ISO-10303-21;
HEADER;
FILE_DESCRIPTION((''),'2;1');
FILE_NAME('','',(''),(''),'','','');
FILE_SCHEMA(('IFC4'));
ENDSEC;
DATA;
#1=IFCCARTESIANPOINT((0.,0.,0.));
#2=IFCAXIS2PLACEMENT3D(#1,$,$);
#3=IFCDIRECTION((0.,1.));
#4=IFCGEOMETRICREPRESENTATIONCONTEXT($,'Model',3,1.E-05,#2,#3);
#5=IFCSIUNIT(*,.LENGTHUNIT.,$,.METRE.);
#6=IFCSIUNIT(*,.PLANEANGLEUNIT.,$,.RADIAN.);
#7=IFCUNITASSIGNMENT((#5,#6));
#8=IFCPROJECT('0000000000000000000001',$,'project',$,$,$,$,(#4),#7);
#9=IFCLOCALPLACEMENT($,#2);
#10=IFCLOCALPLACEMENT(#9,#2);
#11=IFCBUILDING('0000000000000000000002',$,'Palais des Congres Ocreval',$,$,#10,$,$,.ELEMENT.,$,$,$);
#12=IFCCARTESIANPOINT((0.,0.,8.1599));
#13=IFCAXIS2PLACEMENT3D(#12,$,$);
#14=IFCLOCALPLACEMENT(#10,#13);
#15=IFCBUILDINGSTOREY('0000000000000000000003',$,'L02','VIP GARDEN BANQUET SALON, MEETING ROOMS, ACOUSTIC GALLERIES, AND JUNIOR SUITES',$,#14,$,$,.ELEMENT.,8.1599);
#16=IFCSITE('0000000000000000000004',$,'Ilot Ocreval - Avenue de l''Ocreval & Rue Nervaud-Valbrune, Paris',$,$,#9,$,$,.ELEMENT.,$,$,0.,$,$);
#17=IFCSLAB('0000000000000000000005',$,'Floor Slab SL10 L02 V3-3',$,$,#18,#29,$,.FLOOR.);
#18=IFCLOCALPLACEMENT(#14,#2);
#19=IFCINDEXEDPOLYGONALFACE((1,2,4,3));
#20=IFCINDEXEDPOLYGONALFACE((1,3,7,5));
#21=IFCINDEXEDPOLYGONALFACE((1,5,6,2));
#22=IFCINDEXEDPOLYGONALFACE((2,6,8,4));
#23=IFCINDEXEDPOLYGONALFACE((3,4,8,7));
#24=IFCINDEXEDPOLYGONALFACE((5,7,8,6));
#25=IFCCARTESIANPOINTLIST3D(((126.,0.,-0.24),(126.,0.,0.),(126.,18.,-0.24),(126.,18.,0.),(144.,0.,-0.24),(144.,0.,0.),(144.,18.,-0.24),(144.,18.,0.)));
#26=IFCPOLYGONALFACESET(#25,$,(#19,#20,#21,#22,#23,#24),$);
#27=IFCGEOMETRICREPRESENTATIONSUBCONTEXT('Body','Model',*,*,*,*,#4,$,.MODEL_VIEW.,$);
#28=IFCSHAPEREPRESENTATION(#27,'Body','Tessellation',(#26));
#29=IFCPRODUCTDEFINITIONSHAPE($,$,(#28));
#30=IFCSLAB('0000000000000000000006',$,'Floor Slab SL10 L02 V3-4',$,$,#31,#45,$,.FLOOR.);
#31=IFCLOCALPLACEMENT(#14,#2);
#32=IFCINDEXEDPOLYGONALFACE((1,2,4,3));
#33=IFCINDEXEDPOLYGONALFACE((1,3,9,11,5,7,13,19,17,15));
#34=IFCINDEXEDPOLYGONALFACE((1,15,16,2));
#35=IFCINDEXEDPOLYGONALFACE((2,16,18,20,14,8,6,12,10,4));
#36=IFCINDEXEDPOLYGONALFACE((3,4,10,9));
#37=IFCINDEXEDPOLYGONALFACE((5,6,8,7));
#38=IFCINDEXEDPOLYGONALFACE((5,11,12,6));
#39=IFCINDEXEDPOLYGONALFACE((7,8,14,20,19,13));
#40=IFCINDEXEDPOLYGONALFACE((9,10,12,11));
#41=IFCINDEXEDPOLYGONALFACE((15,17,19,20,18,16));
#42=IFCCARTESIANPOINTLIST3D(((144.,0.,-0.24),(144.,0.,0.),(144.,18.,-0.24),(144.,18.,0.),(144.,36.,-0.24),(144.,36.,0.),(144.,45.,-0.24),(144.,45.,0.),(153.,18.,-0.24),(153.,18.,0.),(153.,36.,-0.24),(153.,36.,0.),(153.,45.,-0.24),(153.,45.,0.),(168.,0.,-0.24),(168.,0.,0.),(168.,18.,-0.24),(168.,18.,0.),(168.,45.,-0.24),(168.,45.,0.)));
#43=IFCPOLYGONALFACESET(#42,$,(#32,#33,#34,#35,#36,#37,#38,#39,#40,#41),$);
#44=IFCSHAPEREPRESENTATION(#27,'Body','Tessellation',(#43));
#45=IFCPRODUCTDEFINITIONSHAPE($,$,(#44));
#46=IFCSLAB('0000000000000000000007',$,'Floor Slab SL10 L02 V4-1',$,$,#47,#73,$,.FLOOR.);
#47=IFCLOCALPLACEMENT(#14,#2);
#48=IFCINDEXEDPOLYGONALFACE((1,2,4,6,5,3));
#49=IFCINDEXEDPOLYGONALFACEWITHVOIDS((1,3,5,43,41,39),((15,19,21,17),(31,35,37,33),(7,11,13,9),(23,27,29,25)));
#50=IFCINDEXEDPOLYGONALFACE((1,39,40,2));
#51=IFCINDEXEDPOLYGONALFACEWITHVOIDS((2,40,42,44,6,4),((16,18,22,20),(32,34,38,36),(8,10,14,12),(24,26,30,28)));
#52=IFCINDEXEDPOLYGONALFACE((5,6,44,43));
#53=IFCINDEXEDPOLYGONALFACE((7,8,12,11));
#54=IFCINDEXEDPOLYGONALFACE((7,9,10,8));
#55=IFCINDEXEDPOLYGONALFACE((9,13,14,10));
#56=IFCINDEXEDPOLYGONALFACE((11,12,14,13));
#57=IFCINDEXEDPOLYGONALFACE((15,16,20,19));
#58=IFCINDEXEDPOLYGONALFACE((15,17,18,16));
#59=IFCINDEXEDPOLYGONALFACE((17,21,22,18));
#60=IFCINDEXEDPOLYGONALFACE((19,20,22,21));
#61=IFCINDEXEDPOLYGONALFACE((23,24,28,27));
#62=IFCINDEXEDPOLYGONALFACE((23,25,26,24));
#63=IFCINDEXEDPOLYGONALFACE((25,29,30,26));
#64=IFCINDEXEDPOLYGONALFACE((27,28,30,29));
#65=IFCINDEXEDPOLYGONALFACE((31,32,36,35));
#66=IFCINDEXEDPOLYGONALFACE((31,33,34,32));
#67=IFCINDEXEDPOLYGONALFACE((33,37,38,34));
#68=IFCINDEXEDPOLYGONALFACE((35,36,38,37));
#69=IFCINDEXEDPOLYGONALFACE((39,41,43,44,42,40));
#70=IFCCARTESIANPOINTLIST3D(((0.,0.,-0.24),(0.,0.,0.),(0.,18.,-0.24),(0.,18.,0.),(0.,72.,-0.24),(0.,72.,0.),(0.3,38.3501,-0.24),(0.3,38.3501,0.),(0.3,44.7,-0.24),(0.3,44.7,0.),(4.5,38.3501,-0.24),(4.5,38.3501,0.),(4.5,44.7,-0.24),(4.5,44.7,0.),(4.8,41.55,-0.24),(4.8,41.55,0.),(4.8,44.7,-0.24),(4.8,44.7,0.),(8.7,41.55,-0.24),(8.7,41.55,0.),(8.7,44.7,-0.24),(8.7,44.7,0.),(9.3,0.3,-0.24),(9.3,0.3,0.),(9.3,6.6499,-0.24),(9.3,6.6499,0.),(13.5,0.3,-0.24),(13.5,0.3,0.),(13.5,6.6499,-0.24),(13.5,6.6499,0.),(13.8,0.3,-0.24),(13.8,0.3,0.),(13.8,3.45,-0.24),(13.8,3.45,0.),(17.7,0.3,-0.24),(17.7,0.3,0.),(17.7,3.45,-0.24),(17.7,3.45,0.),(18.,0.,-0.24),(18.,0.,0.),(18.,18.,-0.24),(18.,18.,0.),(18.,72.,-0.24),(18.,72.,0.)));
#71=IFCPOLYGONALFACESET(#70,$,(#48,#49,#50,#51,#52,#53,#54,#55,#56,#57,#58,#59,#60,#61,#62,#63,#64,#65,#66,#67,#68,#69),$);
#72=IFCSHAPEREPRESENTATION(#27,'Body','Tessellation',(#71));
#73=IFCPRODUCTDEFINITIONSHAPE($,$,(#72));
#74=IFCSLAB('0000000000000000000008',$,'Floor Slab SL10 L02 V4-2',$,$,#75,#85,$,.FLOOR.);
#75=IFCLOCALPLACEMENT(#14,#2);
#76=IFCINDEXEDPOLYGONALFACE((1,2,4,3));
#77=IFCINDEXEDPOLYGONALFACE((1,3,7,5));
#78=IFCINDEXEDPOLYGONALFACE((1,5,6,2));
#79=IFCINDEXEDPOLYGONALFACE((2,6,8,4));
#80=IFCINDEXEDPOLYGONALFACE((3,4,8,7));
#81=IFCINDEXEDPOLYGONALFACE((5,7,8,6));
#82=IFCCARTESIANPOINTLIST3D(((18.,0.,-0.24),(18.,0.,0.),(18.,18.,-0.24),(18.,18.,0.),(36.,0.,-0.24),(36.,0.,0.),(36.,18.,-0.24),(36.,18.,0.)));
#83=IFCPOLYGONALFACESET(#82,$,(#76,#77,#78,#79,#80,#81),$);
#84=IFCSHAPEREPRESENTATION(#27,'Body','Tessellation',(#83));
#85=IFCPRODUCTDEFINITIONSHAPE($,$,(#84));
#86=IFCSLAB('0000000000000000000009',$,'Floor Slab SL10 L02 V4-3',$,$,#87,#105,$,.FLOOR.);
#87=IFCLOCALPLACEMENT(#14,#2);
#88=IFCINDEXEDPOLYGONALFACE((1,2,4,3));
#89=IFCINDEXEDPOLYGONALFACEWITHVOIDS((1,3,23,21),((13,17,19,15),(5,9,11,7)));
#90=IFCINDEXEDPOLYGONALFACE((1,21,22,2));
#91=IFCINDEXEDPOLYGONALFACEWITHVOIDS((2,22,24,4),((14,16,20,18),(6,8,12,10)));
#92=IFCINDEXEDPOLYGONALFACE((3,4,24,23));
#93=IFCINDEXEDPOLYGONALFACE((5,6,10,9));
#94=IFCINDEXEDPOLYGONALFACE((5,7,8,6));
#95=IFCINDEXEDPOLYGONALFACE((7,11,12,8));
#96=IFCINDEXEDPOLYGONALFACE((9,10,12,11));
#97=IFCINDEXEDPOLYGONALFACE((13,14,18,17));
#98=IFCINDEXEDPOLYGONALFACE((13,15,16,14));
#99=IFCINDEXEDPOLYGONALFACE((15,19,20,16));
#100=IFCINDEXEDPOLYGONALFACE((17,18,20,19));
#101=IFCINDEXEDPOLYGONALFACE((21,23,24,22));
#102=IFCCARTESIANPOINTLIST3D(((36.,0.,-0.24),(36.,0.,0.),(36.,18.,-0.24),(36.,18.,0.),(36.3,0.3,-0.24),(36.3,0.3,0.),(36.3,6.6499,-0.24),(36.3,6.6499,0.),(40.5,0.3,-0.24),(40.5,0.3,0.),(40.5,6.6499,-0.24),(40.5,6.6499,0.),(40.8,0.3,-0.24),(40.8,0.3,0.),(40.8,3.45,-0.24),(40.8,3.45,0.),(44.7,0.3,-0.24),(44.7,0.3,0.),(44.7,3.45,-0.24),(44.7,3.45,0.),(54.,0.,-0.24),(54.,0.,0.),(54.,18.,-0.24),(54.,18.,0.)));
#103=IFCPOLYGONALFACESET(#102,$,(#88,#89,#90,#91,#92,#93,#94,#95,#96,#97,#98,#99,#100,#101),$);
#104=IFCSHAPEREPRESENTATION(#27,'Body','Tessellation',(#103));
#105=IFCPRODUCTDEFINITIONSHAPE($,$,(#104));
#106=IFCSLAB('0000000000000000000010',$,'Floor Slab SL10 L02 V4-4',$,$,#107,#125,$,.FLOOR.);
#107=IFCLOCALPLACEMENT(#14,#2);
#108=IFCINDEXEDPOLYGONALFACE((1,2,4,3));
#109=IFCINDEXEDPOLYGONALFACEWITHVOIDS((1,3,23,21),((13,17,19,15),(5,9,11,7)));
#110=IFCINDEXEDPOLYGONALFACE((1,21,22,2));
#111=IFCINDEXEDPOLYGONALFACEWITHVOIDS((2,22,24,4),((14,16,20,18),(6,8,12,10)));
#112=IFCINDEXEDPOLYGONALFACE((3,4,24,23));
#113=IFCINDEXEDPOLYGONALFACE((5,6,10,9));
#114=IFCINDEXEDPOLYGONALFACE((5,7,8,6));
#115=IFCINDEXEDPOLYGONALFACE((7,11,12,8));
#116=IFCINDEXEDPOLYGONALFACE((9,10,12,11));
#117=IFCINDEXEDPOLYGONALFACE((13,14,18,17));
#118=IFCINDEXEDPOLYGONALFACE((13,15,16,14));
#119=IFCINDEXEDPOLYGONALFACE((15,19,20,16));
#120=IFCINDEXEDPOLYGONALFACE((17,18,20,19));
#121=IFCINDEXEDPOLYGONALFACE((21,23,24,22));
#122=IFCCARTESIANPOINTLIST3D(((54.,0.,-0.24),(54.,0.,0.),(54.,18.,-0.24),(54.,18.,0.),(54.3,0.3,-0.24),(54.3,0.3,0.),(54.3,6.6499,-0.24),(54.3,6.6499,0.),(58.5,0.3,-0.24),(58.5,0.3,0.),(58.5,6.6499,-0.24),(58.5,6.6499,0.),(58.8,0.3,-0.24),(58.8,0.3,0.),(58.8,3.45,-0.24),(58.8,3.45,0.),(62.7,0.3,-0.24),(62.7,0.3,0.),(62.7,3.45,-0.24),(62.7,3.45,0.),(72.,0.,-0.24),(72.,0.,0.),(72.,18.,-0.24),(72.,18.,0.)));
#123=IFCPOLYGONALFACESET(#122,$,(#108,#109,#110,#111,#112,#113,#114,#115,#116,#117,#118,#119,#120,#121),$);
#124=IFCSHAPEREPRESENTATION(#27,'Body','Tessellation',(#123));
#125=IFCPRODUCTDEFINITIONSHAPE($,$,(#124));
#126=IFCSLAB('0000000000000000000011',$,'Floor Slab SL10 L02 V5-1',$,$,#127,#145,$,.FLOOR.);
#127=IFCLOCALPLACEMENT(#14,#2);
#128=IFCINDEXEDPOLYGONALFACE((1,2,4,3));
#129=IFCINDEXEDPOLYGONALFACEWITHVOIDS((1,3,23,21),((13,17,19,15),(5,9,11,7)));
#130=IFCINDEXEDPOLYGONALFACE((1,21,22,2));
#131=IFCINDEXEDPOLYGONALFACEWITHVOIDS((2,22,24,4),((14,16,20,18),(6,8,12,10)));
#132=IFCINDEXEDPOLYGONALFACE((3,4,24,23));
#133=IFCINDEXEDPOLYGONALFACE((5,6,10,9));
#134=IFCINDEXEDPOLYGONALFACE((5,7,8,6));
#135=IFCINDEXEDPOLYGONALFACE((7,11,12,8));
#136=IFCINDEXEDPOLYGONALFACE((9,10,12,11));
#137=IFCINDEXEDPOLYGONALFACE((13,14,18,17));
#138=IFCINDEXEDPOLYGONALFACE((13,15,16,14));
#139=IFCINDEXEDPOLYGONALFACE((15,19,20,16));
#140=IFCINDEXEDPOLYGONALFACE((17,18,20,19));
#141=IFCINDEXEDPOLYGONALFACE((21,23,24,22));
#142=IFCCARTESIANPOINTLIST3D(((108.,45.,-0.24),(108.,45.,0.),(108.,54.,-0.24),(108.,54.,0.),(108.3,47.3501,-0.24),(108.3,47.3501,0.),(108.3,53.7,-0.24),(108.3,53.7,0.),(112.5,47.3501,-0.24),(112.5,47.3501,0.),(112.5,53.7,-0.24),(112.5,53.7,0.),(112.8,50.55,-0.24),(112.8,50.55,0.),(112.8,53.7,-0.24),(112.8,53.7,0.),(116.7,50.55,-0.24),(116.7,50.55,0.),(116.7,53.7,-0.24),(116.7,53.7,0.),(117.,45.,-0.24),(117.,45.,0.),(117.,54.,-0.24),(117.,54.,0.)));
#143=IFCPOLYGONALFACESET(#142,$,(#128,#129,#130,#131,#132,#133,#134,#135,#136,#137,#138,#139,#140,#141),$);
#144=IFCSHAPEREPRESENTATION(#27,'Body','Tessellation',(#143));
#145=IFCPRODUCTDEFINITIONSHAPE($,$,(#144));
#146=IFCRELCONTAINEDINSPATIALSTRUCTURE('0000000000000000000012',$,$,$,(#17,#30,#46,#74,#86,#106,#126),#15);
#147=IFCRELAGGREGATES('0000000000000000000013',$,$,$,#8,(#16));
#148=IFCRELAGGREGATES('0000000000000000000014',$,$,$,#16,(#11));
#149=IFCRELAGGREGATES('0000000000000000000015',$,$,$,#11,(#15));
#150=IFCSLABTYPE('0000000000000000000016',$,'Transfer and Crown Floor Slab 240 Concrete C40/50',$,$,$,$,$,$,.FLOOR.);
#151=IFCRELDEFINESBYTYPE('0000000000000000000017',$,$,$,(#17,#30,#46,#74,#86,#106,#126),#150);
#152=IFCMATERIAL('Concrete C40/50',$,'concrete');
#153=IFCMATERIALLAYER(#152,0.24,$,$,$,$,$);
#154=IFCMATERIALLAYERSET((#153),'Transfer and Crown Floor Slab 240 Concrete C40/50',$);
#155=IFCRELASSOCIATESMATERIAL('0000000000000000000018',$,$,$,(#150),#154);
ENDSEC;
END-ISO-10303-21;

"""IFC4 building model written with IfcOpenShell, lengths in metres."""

from ifc_helpers import new_model, si_unit, direction, frame, origin, place, context, subcontext, project, spatial, polyline, outline, extrude, material, layer, layer_set, type_object, element, save


model = new_model("IFC4")

# Units and contexts
model_context = context("Model", 3, precision=1e-05, world=origin(), true_north=direction((0.0, 1.0)))
body_context = subcontext(model_context, "Body", "Model", "MODEL_VIEW")
ifc_project = project(units=[si_unit("LENGTHUNIT", "METRE"), si_unit("PLANEANGLEUNIT", "RADIAN")], contexts=[model_context])

# Site, building, storey
site_placement = place(None, origin())
site = spatial("IfcSite", under=ifc_project, at=site_placement, Name="Ilot Ocreval - Avenue de l'Ocreval & Rue Nervaud-Valbrune, Paris", CompositionType="ELEMENT", RefElevation=0.0)
building_placement = place(site_placement, origin())
building = spatial("IfcBuilding", under=site, at=building_placement, Name="Palais des Congres Ocreval", CompositionType="ELEMENT")
storey_placement = place(building_placement, frame((0.0, 0.0, 8.1599)))
storey = spatial("IfcBuildingStorey", under=building, at=storey_placement, Name="L02", Description="VIP GARDEN BANQUET SALON, MEETING ROOMS, ACOUSTIC GALLERIES, AND JUNIOR SUITES", CompositionType="ELEMENT", Elevation=8.1599)

# Slabs
ifc_material_1 = material(Name="Concrete C40/50", Category="concrete")
ifc_layer_1 = layer(ifc_material_1, 0.24)
ifc_layer_set_1 = layer_set([ifc_layer_1], Name="Transfer and Crown Floor Slab 240 Concrete C40/50")
slab_type_1 = type_object("IfcSlabType", Name="Transfer and Crown Floor Slab 240 Concrete C40/50", PredefinedType="FLOOR", material=ifc_layer_set_1)
slab_1_placement = place(storey_placement, frame((0.0, 0.0, -0.24)))
element("IfcSlab", 1, at=slab_1_placement, inside=storey, type_object=slab_type_1, Name="Floor Slab SL10 L02 V3-3", PredefinedType="FLOOR", context=body_context, shape_type="SweptSolid", body=[
    extrude(outline(polyline([(126.0, 0.0), (126.0, 18.0), (144.0, 18.0), (144.0, 0.0), (126.0, 0.0)])), origin(), (0.0, 0.0, 1.0), 0.24),
])
slab_2_placement = place(storey_placement, frame((0.0, 0.0, -0.24)))
element("IfcSlab", 2, at=slab_2_placement, inside=storey, type_object=slab_type_1, Name="Floor Slab SL10 L02 V3-4", PredefinedType="FLOOR", context=body_context, shape_type="SweptSolid", body=[
    extrude(outline(polyline([(153.0, 45.0), (168.0, 45.0), (168.0, 18.0), (168.0, 0.0), (144.0, 0.0), (144.0, 18.0), (153.0, 18.0), (153.0, 36.0), (144.0, 36.0), (144.0, 45.0), (153.0, 45.0)])), origin(), (0.0, 0.0, 1.0), 0.24),
])
slab_3_placement = place(storey_placement, frame((0.0, 0.0, -0.24)))
element("IfcSlab", 3, at=slab_3_placement, inside=storey, type_object=slab_type_1, Name="Floor Slab SL10 L02 V4-1", PredefinedType="FLOOR", context=body_context, shape_type="SweptSolid", body=[
    extrude(outline(polyline([(0.0, 0.0), (0.0, 18.0), (0.0, 72.0), (18.0, 72.0), (18.0, 18.0), (18.0, 0.0), (0.0, 0.0)]), holes=[polyline([(13.8, 3.45), (13.8, 0.3), (17.7, 0.3), (17.7, 3.45), (13.8, 3.45)]), polyline([(9.3, 6.6499), (9.3, 0.3), (13.5, 0.3), (13.5, 6.6499), (9.3, 6.6499)]), polyline([(0.3, 44.7), (0.3, 38.3501), (4.5, 38.3501), (4.5, 44.7), (0.3, 44.7)]), polyline([(4.8, 44.7), (4.8, 41.55), (8.7, 41.55), (8.7, 44.7), (4.8, 44.7)])]), origin(), (0.0, 0.0, 1.0), 0.24),
])
slab_4_placement = place(storey_placement, frame((0.0, 0.0, -0.24)))
element("IfcSlab", 4, at=slab_4_placement, inside=storey, type_object=slab_type_1, Name="Floor Slab SL10 L02 V4-2", PredefinedType="FLOOR", context=body_context, shape_type="SweptSolid", body=[
    extrude(outline(polyline([(18.0, 0.0), (18.0, 18.0), (36.0, 18.0), (36.0, 0.0), (18.0, 0.0)])), origin(), (0.0, 0.0, 1.0), 0.24),
])
slab_5_placement = place(storey_placement, frame((0.0, 0.0, -0.24)))
element("IfcSlab", 5, at=slab_5_placement, inside=storey, type_object=slab_type_1, Name="Floor Slab SL10 L02 V4-3", PredefinedType="FLOOR", context=body_context, shape_type="SweptSolid", body=[
    extrude(outline(polyline([(36.0, 0.0), (36.0, 18.0), (54.0, 18.0), (54.0, 0.0), (36.0, 0.0)]), holes=[polyline([(40.8, 3.45), (40.8, 0.3), (44.7, 0.3), (44.7, 3.45), (40.8, 3.45)]), polyline([(36.3, 6.6499), (36.3, 0.3), (40.5, 0.3), (40.5, 6.6499), (36.3, 6.6499)])]), origin(), (0.0, 0.0, 1.0), 0.24),
])
slab_6_placement = place(storey_placement, frame((0.0, 0.0, -0.24)))
element("IfcSlab", 6, at=slab_6_placement, inside=storey, type_object=slab_type_1, Name="Floor Slab SL10 L02 V4-4", PredefinedType="FLOOR", context=body_context, shape_type="SweptSolid", body=[
    extrude(outline(polyline([(54.0, 0.0), (54.0, 18.0), (72.0, 18.0), (72.0, 0.0), (54.0, 0.0)]), holes=[polyline([(58.8, 3.45), (58.8, 0.3), (62.7, 0.3), (62.7, 3.45), (58.8, 3.45)]), polyline([(58.5, 6.6499), (54.3, 6.6499), (54.3, 0.3), (58.5, 0.3), (58.5, 6.6499)])]), origin(), (0.0, 0.0, 1.0), 0.24),
])
slab_7_placement = place(storey_placement, frame((0.0, 0.0, -0.24)))
element("IfcSlab", 7, at=slab_7_placement, inside=storey, type_object=slab_type_1, Name="Floor Slab SL10 L02 V5-1", PredefinedType="FLOOR", context=body_context, shape_type="SweptSolid", body=[
    extrude(outline(polyline([(108.0, 54.0), (117.0, 54.0), (117.0, 45.0), (108.0, 45.0), (108.0, 54.0)]), holes=[polyline([(108.3, 53.7), (108.3, 47.3501), (112.5, 47.3501), (112.5, 53.7), (108.3, 53.7)]), polyline([(112.8, 53.7), (112.8, 50.55), (116.7, 50.55), (116.7, 53.7), (112.8, 53.7)])]), origin(), (0.0, 0.0, 1.0), 0.24),
])

save(model, "model.ifc")
